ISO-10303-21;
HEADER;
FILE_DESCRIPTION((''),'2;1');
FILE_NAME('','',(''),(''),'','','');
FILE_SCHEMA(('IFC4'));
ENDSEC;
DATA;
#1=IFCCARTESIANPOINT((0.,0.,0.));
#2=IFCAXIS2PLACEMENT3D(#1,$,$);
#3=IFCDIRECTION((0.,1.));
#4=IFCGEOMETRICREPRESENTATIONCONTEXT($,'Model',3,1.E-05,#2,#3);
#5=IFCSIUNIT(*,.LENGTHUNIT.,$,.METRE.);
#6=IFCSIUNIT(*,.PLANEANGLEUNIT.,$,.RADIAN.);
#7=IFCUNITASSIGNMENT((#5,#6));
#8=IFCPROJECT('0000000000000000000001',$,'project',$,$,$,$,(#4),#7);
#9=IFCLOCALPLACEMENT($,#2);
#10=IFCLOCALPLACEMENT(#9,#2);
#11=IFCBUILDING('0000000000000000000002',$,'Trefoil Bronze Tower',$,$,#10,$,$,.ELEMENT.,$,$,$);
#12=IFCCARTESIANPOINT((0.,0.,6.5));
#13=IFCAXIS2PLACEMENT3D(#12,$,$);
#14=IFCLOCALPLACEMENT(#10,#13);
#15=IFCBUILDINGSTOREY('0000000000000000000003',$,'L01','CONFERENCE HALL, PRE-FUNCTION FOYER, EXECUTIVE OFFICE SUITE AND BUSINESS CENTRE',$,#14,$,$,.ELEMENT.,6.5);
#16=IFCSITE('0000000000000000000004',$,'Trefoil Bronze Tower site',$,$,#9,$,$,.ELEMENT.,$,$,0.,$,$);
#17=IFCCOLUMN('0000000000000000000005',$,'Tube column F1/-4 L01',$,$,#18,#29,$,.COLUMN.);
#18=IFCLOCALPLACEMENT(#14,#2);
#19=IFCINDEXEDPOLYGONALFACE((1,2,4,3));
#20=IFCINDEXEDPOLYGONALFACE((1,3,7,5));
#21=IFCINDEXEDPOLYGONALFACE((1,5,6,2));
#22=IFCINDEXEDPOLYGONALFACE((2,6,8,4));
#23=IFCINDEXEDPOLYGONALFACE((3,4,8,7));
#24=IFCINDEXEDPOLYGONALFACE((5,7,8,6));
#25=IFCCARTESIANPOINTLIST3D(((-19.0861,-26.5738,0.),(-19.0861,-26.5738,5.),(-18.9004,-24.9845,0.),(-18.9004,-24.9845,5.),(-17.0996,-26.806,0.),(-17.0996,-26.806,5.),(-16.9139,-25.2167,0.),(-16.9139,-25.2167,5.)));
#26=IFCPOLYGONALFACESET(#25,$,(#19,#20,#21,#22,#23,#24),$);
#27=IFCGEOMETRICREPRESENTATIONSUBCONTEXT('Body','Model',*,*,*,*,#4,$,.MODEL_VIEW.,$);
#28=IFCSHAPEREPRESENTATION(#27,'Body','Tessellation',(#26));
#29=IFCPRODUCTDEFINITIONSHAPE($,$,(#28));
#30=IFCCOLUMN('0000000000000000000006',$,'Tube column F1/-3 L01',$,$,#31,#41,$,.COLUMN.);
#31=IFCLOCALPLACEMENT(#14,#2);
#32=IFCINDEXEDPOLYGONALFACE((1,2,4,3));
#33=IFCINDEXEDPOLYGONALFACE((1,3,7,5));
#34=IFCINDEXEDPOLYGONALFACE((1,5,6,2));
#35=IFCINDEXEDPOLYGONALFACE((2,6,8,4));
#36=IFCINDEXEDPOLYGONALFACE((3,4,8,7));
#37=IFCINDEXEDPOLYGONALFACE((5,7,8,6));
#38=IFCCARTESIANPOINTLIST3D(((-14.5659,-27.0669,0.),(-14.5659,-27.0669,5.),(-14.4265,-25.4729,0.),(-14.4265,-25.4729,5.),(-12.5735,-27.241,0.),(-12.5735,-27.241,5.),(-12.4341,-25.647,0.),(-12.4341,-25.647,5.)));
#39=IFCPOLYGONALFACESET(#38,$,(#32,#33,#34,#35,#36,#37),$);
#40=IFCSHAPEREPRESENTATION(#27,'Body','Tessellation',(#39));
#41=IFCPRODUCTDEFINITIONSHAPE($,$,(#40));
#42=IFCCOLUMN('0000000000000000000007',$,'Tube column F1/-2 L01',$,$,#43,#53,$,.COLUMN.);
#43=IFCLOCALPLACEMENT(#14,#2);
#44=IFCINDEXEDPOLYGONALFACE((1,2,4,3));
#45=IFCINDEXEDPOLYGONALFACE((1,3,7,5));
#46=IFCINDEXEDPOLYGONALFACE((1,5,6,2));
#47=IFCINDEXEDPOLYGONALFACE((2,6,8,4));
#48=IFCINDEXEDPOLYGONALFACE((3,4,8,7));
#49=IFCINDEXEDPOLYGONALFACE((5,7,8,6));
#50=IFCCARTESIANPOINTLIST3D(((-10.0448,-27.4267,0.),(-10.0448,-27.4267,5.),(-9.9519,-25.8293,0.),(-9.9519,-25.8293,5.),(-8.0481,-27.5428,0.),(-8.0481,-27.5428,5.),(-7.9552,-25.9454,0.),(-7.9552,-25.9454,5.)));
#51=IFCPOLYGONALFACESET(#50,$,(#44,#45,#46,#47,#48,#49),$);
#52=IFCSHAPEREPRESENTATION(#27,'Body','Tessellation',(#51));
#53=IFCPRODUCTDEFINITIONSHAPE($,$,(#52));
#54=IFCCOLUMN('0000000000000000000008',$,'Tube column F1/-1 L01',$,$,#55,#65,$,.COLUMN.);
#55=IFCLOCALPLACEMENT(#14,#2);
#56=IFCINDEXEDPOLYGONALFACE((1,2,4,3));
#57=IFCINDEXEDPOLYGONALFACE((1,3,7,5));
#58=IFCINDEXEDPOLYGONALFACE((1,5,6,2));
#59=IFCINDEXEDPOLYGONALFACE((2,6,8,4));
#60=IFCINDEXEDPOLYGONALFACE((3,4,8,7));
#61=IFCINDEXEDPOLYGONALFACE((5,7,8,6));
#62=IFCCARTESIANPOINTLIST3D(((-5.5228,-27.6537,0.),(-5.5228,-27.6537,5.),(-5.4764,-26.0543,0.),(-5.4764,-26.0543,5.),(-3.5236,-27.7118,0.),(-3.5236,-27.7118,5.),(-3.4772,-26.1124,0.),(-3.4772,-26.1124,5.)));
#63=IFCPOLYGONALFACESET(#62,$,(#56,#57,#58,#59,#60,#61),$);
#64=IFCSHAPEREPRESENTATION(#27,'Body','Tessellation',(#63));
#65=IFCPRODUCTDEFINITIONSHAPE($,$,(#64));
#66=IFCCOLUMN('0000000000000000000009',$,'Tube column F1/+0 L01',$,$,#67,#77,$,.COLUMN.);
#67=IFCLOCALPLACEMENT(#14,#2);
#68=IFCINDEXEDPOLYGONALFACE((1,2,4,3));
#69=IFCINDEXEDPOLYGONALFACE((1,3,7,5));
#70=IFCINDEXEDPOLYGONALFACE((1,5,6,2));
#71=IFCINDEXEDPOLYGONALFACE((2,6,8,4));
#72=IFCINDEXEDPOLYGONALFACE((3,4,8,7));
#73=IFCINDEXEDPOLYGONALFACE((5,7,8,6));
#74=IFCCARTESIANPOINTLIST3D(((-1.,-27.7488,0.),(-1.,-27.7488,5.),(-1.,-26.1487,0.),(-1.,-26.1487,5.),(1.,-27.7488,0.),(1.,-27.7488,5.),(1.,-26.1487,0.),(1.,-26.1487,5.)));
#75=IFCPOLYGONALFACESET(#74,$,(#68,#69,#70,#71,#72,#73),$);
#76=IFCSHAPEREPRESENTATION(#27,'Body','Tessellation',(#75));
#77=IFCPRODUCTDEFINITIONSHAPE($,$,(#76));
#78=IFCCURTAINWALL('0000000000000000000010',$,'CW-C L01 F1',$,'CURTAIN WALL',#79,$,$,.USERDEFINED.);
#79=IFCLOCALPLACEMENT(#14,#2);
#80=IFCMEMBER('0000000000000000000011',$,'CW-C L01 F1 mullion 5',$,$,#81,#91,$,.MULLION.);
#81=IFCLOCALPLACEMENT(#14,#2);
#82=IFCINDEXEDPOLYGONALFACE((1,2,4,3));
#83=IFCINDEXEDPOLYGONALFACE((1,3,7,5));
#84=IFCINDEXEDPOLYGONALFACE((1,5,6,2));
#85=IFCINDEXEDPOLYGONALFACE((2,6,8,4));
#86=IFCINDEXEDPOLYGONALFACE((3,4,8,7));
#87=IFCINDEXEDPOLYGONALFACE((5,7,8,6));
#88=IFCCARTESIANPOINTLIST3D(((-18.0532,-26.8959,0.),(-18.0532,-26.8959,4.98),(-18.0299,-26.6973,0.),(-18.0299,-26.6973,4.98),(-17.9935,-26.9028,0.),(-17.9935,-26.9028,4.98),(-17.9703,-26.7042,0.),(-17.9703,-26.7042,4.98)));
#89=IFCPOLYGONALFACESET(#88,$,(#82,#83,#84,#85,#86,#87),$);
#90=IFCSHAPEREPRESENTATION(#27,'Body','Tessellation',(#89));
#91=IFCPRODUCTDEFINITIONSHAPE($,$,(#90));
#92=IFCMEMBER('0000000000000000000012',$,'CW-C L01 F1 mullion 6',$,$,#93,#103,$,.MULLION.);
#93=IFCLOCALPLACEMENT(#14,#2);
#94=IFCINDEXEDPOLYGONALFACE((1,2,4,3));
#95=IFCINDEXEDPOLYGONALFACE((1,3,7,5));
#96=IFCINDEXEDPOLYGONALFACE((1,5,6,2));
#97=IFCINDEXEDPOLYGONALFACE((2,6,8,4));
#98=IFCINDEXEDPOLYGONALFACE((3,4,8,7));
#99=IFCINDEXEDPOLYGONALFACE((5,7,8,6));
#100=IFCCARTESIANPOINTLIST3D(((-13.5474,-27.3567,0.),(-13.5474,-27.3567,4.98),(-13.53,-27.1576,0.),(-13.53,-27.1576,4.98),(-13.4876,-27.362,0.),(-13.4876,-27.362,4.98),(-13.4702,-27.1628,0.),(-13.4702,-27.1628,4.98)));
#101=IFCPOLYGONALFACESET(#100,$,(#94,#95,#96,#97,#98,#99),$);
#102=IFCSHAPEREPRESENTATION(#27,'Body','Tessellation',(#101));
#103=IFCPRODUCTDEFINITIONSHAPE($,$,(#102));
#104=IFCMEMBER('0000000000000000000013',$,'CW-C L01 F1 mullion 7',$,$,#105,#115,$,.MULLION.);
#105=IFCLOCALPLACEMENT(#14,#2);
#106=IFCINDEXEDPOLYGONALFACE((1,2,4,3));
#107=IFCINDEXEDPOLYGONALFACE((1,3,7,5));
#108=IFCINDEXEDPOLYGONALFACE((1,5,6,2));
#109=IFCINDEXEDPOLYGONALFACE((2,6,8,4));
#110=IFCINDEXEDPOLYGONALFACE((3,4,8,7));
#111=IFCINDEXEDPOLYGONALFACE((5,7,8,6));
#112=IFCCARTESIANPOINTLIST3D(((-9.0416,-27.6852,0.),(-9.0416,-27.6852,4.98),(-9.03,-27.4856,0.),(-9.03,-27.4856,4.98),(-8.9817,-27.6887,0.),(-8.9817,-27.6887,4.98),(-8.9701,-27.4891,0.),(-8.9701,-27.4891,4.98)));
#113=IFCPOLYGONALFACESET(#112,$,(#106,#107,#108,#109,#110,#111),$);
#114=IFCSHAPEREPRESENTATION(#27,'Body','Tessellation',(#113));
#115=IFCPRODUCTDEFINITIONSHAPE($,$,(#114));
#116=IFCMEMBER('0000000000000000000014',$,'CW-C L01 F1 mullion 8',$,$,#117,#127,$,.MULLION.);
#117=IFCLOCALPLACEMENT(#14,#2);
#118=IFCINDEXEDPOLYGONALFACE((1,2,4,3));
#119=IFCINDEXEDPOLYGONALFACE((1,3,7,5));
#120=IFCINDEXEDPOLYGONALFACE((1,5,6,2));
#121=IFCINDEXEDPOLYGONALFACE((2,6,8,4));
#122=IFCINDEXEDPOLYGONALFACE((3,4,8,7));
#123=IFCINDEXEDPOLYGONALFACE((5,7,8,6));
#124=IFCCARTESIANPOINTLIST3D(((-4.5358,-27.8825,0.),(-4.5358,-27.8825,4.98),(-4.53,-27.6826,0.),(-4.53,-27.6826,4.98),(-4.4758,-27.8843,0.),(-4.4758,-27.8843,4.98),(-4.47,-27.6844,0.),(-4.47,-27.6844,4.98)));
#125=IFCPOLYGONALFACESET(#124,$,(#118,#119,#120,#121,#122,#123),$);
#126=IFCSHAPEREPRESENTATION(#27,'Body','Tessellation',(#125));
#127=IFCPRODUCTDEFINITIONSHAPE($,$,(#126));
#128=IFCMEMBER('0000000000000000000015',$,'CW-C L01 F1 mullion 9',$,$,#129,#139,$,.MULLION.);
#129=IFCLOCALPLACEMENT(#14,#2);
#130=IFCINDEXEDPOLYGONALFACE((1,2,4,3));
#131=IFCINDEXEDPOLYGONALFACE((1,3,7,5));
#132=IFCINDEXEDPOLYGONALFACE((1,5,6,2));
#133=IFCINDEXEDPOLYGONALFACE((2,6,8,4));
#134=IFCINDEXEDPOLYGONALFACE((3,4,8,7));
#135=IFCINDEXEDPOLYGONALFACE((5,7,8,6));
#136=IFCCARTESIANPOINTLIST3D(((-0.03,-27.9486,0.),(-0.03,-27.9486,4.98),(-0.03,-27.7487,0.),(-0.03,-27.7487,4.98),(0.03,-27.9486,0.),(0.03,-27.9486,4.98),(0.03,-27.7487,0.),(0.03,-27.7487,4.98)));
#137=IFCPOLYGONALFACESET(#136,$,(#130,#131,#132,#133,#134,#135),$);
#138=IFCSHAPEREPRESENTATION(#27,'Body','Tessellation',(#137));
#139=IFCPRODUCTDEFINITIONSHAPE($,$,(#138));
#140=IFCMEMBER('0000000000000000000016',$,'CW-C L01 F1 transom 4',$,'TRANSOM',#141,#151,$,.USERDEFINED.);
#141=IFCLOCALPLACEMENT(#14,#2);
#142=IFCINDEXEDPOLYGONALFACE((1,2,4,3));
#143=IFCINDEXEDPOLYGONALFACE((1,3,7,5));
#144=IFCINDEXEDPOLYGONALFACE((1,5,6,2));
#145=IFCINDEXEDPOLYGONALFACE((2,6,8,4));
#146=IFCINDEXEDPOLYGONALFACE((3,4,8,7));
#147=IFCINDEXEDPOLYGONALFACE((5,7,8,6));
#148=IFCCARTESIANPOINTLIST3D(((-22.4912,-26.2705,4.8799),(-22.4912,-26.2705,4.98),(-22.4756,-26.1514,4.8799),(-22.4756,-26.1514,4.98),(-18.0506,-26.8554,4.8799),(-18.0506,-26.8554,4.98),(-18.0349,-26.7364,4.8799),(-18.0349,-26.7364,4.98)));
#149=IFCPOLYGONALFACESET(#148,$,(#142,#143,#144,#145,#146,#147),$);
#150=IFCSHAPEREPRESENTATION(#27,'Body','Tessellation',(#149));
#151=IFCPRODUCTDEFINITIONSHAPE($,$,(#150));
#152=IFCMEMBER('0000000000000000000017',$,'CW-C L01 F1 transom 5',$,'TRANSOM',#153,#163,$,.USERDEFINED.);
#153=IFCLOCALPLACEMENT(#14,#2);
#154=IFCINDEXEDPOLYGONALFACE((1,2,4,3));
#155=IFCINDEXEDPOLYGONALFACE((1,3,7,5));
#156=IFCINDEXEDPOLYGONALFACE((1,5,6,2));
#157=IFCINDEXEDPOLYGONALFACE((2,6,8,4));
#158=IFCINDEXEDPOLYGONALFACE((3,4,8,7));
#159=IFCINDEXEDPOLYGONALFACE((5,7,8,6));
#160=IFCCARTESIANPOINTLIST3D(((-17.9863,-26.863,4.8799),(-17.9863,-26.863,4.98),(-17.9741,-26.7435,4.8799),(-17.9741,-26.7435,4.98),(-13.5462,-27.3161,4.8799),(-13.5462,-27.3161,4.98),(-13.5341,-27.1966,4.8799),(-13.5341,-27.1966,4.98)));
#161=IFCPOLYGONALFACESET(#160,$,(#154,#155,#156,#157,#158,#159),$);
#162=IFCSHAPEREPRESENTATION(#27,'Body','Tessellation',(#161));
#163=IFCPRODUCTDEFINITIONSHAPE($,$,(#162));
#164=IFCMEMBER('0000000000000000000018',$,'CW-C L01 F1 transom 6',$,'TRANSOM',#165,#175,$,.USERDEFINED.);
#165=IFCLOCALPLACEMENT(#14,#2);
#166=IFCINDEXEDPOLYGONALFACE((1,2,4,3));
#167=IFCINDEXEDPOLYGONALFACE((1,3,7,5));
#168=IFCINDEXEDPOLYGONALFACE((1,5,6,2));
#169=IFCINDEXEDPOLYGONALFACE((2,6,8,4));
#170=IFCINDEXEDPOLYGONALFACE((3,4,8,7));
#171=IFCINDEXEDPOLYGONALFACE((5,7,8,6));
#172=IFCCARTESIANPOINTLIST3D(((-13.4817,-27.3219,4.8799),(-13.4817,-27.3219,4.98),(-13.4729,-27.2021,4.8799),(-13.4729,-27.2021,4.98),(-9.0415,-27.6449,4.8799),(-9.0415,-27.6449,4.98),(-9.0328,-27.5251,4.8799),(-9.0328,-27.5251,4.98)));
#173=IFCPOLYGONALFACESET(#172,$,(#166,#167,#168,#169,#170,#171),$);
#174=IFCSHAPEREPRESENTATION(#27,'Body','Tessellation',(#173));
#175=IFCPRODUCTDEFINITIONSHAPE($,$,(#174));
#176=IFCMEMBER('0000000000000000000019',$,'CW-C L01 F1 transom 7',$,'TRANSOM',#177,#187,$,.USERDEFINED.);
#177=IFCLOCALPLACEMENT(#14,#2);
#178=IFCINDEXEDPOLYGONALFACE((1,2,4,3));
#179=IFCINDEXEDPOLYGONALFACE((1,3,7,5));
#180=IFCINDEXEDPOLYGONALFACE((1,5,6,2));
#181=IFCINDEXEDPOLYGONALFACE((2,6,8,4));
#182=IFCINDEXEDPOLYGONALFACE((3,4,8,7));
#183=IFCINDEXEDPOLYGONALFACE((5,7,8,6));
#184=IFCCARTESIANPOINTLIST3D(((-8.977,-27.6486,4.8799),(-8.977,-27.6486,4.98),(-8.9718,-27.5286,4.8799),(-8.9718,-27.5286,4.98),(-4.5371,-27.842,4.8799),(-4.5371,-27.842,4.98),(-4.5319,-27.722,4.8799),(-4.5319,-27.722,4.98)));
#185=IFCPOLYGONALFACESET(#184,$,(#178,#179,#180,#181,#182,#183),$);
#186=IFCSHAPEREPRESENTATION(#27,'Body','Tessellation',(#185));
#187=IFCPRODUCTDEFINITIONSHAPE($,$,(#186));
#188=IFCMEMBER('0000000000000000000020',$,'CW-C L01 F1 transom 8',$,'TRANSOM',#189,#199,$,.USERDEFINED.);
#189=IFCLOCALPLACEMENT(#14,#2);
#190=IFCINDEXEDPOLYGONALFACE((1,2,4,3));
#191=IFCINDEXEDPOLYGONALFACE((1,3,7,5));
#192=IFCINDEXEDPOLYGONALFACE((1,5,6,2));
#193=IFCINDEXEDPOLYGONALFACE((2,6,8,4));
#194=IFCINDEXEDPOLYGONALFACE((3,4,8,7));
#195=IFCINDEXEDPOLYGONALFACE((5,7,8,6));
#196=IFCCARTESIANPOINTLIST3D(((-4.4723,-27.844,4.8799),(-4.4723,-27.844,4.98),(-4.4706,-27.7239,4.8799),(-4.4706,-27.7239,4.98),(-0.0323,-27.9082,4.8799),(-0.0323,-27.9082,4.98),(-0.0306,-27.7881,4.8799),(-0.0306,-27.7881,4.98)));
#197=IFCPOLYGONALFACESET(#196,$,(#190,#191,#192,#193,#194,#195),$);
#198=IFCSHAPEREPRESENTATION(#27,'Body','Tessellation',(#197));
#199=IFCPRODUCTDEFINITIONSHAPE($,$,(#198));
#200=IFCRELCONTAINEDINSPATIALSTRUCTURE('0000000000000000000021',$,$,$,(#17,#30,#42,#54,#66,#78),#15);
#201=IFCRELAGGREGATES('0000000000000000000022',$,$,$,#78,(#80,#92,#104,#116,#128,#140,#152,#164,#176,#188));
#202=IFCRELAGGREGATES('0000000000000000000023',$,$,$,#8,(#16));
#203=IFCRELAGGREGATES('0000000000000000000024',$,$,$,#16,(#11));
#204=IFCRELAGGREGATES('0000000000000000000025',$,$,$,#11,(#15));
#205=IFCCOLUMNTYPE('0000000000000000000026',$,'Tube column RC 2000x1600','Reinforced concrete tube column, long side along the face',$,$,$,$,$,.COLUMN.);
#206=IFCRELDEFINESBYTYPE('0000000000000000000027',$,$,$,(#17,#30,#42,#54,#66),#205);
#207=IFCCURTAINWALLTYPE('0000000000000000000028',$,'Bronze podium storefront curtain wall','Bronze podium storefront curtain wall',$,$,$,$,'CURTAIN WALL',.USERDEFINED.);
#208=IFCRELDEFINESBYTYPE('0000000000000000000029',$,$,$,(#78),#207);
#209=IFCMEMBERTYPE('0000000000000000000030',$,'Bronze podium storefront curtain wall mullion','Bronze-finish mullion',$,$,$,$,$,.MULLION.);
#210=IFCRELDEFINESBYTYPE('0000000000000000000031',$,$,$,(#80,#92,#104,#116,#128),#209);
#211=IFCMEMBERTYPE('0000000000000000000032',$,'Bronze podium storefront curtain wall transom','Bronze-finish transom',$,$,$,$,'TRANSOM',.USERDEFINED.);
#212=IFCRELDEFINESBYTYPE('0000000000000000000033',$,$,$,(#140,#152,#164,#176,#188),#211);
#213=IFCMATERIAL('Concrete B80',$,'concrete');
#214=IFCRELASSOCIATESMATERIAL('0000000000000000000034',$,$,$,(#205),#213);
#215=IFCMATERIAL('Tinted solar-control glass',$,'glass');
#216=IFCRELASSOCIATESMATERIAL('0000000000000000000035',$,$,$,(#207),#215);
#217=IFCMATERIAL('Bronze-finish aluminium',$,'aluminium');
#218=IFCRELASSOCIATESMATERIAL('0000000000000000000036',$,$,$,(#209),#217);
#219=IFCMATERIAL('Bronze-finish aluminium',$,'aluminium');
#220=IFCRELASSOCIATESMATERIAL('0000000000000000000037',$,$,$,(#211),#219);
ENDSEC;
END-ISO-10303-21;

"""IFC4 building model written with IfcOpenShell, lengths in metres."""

from ifc_helpers import new_model, si_unit, direction, frame, origin, origin_2d, place, context, subcontext, project, spatial, rectangle, extrude, material, material_profile, profile_set, type_object, element, aggregate, save


model = new_model("IFC4")

# Units and contexts
model_context = context("Model", 3, precision=1e-05, world=origin(), true_north=direction((0.0, 1.0)))
body_context = subcontext(model_context, "Body", "Model", "MODEL_VIEW")
ifc_project = project(units=[si_unit("LENGTHUNIT", "METRE"), si_unit("PLANEANGLEUNIT", "RADIAN")], contexts=[model_context])

# Site, building, storey
site_placement = place(None, origin())
site = spatial("IfcSite", under=ifc_project, at=site_placement, Name="Trefoil Bronze Tower site", CompositionType="ELEMENT", RefElevation=0.0)
building_placement = place(site_placement, origin())
building = spatial("IfcBuilding", under=site, at=building_placement, Name="Trefoil Bronze Tower", CompositionType="ELEMENT")
storey_placement = place(building_placement, frame((0.0, 0.0, 6.5)))
storey = spatial("IfcBuildingStorey", under=building, at=storey_placement, Name="L01", Description="CONFERENCE HALL, PRE-FUNCTION FOYER, EXECUTIVE OFFICE SUITE AND BUSINESS CENTRE", CompositionType="ELEMENT", Elevation=6.5)

# Columns
ifc_material_1 = material(Name="Concrete B80", Category="concrete")
ifc_material_profile_1 = material_profile(ifc_material_1, rectangle(XDim=2.0, YDim=1.6001, at=origin_2d()), Name="RC 2000x1600")
ifc_profile_set_1 = profile_set([ifc_material_profile_1], Name="Concrete B80")
column_type = type_object("IfcColumnType", Name="Tube column RC 2000x1600", Description="Reinforced concrete tube column, long side along the face", PredefinedType="COLUMN", material=ifc_profile_set_1)
for number, where, z_axis, x_axis, name in (
    (1, (-18.0, -25.8953, 0.0), (0.0, 0.0, 1.0), (0.993239, -0.116087, 0.0), "Tube column F1/-4 L01"),
    (2, (-13.5, -26.3569, 0.0), (0.0, 0.0, 1.0), (0.996203, -0.087065, 0.0), "Tube column F1/-3 L01"),
    (3, (-9.0, -26.686, 0.0), (0.0, 0.0, 1.0), (0.998314, -0.058043, 0.0), "Tube column F1/-2 L01"),
    (4, (-4.5, -26.8831, 0.0), (0.0, 0.0, 1.0), (0.999579, -0.029022, 0.0), "Tube column F1/-1 L01"),
    (5, (0.0, -26.9487, 0.0), (0.0, 0.0, 1.0), (1.0, 0.0, 0.0), "Tube column F1/+0 L01"),
):
    element("IfcColumn", number, at=place(storey_placement, frame(where, z_axis=z_axis, x_axis=x_axis)), inside=storey, type_object=column_type, Name=name, PredefinedType="COLUMN", context=body_context, shape_type="SweptSolid", body=[
        extrude(rectangle(XDim=2.0, YDim=1.6001, at=origin_2d()), origin(), (0.0, 0.0, 1.0), 5.0),
    ])

# Curtain wall, members
ifc_material_2 = material(Name="Tinted solar-control glass", Category="glass")
curtain_wall_type = type_object("IfcCurtainWallType", Name="Bronze podium storefront curtain wall", Description="Bronze podium storefront curtain wall", ElementType="CURTAIN WALL", PredefinedType="USERDEFINED", material=ifc_material_2)
curtain_wall_placement = place(storey_placement, origin())
curtain_wall = element("IfcCurtainWall", 6, at=curtain_wall_placement, inside=storey, type_object=curtain_wall_type, Name="CW-C L01 F1", ObjectType="CURTAIN WALL", PredefinedType="USERDEFINED")
ifc_material_3 = material(Name="Bronze-finish aluminium", Category="aluminium")
ifc_material_profile_2 = material_profile(ifc_material_3, rectangle(XDim=0.2, YDim=0.0601, at=origin_2d()), Name="CW-C mullion")
ifc_profile_set_2 = profile_set([ifc_material_profile_2], Name="Bronze-finish aluminium")
member_type_1 = type_object("IfcMemberType", Name="Bronze podium storefront curtain wall mullion", Description="Bronze-finish mullion", PredefinedType="MULLION", material=ifc_profile_set_2)
member_1_placement = place(storey_placement, frame((-18.0117, -26.8, 0.0), z_axis=(0.0, 0.0, 1.0), x_axis=(0.116087, 0.993239, 0.0)))
member_1 = element("IfcMember", 7, at=member_1_placement, type_object=member_type_1, Name="CW-C L01 F1 mullion 5", PredefinedType="MULLION", context=body_context, shape_type="SweptSolid", body=[
    extrude(rectangle(XDim=0.2, YDim=0.0601, at=origin_2d()), origin(), (0.0, 0.0, 1.0), 4.98),
])
member_2_placement = place(storey_placement, frame((-13.5088, -27.2598, 0.0), z_axis=(0.0, 0.0, 1.0), x_axis=(0.087065, 0.996203, 0.0)))
member_2 = element("IfcMember", 8, at=member_2_placement, type_object=member_type_1, Name="CW-C L01 F1 mullion 6", PredefinedType="MULLION", context=body_context, shape_type="SweptSolid", body=[
    extrude(rectangle(XDim=0.2, YDim=0.0601, at=origin_2d()), origin(), (0.0, 0.0, 1.0), 4.98),
])
member_3_placement = place(storey_placement, frame((-9.0059, -27.5872, 0.0), z_axis=(0.0, 0.0, 1.0), x_axis=(0.058043, 0.998314, 0.0)))
member_3 = element("IfcMember", 9, at=member_3_placement, type_object=member_type_1, Name="CW-C L01 F1 mullion 7", PredefinedType="MULLION", context=body_context, shape_type="SweptSolid", body=[
    extrude(rectangle(XDim=0.2, YDim=0.0601, at=origin_2d()), origin(), (0.0, 0.0, 1.0), 4.98),
])
member_4_placement = place(storey_placement, frame((-4.5029, -27.7834, 0.0), z_axis=(0.0, 0.0, 1.0), x_axis=(0.029022, 0.999579, 0.0)))
member_4 = element("IfcMember", 10, at=member_4_placement, type_object=member_type_1, Name="CW-C L01 F1 mullion 8", PredefinedType="MULLION", context=body_context, shape_type="SweptSolid", body=[
    extrude(rectangle(XDim=0.2, YDim=0.0601, at=origin_2d()), origin(), (0.0, 0.0, 1.0), 4.98),
])
member_5_placement = place(storey_placement, frame((0.0, -27.8486, 0.0), z_axis=(0.0, 0.0, 1.0), x_axis=(0.0, 1.0, 0.0)))
member_5 = element("IfcMember", 11, at=member_5_placement, type_object=member_type_1, Name="CW-C L01 F1 mullion 9", PredefinedType="MULLION", context=body_context, shape_type="SweptSolid", body=[
    extrude(rectangle(XDim=0.2, YDim=0.0601, at=origin_2d()), origin(), (0.0, 0.0, 1.0), 4.98),
])
ifc_material_4 = material(Name="Bronze-finish aluminium", Category="aluminium")
ifc_material_profile_3 = material_profile(ifc_material_4, rectangle(XDim=0.1201, YDim=0.1001, at=origin_2d()), Name="CW-C transom")
ifc_profile_set_3 = profile_set([ifc_material_profile_3], Name="Bronze-finish aluminium")
member_type_2 = type_object("IfcMemberType", Name="Bronze podium storefront curtain wall transom", Description="Bronze-finish transom", ElementType="TRANSOM", PredefinedType="USERDEFINED", material=ifc_profile_set_3)
member_6_placement = place(storey_placement, frame((-22.4834, -26.2109, 4.9299), z_axis=(0.991435, -0.1306, 0.0), x_axis=(0.1306, 0.991435, 0.0)))
member_6 = element("IfcMember", 12, at=member_6_placement, type_object=member_type_2, Name="CW-C L01 F1 transom 4", ObjectType="TRANSOM", PredefinedType="USERDEFINED", context=body_context, shape_type="SweptSolid", body=[
    extrude(rectangle(XDim=0.1201, YDim=0.1001, at=origin_2d()), origin(), (0.0, 0.0, 1.0), 4.479),
])
member_7_placement = place(storey_placement, frame((-17.9802, -26.8032, 4.9299), z_axis=(0.994833, -0.101524, 0.0), x_axis=(0.101524, 0.994833, 0.0)))
member_7 = element("IfcMember", 13, at=member_7_placement, type_object=member_type_2, Name="CW-C L01 F1 transom 5", ObjectType="TRANSOM", PredefinedType="USERDEFINED", context=body_context, shape_type="SweptSolid", body=[
    extrude(rectangle(XDim=0.1201, YDim=0.1001, at=origin_2d()), origin(), (0.0, 0.0, 1.0), 4.4631),
])
member_8_placement = place(storey_placement, frame((-13.4773, -27.262, 4.9299), z_axis=(0.997365, -0.072553, 0.0), x_axis=(0.072553, 0.997365, 0.0)))
member_8 = element("IfcMember", 14, at=member_8_placement, type_object=member_type_2, Name="CW-C L01 F1 transom 6", ObjectType="TRANSOM", PredefinedType="USERDEFINED", context=body_context, shape_type="SweptSolid", body=[
    extrude(rectangle(XDim=0.1201, YDim=0.1001, at=origin_2d()), origin(), (0.0, 0.0, 1.0), 4.4519),
])
member_9_placement = place(storey_placement, frame((-8.9744, -27.5886, 4.9299), z_axis=(0.999053, -0.043509, 0.0), x_axis=(0.043509, 0.999053, 0.0)))
member_9 = element("IfcMember", 15, at=member_9_placement, type_object=member_type_2, Name="CW-C L01 F1 transom 7", ObjectType="TRANSOM", PredefinedType="USERDEFINED", context=body_context, shape_type="SweptSolid", body=[
    extrude(rectangle(XDim=0.1201, YDim=0.1001, at=origin_2d()), origin(), (0.0, 0.0, 1.0), 4.4441),
])
member_10_placement = place(storey_placement, frame((-4.4714, -27.7839, 4.9299), z_axis=(0.999895, -0.01446, 0.0), x_axis=(0.01446, 0.999895, 0.0)))
member_10 = element("IfcMember", 16, at=member_10_placement, type_object=member_type_2, Name="CW-C L01 F1 transom 8", ObjectType="TRANSOM", PredefinedType="USERDEFINED", context=body_context, shape_type="SweptSolid", body=[
    extrude(rectangle(XDim=0.1201, YDim=0.1001, at=origin_2d()), origin(), (0.0, 0.0, 1.0), 4.4404),
])

aggregate(curtain_wall, [member_1, member_2, member_3, member_4, member_5, member_6, member_7, member_8, member_9, member_10])

save(model, "model.ifc")
